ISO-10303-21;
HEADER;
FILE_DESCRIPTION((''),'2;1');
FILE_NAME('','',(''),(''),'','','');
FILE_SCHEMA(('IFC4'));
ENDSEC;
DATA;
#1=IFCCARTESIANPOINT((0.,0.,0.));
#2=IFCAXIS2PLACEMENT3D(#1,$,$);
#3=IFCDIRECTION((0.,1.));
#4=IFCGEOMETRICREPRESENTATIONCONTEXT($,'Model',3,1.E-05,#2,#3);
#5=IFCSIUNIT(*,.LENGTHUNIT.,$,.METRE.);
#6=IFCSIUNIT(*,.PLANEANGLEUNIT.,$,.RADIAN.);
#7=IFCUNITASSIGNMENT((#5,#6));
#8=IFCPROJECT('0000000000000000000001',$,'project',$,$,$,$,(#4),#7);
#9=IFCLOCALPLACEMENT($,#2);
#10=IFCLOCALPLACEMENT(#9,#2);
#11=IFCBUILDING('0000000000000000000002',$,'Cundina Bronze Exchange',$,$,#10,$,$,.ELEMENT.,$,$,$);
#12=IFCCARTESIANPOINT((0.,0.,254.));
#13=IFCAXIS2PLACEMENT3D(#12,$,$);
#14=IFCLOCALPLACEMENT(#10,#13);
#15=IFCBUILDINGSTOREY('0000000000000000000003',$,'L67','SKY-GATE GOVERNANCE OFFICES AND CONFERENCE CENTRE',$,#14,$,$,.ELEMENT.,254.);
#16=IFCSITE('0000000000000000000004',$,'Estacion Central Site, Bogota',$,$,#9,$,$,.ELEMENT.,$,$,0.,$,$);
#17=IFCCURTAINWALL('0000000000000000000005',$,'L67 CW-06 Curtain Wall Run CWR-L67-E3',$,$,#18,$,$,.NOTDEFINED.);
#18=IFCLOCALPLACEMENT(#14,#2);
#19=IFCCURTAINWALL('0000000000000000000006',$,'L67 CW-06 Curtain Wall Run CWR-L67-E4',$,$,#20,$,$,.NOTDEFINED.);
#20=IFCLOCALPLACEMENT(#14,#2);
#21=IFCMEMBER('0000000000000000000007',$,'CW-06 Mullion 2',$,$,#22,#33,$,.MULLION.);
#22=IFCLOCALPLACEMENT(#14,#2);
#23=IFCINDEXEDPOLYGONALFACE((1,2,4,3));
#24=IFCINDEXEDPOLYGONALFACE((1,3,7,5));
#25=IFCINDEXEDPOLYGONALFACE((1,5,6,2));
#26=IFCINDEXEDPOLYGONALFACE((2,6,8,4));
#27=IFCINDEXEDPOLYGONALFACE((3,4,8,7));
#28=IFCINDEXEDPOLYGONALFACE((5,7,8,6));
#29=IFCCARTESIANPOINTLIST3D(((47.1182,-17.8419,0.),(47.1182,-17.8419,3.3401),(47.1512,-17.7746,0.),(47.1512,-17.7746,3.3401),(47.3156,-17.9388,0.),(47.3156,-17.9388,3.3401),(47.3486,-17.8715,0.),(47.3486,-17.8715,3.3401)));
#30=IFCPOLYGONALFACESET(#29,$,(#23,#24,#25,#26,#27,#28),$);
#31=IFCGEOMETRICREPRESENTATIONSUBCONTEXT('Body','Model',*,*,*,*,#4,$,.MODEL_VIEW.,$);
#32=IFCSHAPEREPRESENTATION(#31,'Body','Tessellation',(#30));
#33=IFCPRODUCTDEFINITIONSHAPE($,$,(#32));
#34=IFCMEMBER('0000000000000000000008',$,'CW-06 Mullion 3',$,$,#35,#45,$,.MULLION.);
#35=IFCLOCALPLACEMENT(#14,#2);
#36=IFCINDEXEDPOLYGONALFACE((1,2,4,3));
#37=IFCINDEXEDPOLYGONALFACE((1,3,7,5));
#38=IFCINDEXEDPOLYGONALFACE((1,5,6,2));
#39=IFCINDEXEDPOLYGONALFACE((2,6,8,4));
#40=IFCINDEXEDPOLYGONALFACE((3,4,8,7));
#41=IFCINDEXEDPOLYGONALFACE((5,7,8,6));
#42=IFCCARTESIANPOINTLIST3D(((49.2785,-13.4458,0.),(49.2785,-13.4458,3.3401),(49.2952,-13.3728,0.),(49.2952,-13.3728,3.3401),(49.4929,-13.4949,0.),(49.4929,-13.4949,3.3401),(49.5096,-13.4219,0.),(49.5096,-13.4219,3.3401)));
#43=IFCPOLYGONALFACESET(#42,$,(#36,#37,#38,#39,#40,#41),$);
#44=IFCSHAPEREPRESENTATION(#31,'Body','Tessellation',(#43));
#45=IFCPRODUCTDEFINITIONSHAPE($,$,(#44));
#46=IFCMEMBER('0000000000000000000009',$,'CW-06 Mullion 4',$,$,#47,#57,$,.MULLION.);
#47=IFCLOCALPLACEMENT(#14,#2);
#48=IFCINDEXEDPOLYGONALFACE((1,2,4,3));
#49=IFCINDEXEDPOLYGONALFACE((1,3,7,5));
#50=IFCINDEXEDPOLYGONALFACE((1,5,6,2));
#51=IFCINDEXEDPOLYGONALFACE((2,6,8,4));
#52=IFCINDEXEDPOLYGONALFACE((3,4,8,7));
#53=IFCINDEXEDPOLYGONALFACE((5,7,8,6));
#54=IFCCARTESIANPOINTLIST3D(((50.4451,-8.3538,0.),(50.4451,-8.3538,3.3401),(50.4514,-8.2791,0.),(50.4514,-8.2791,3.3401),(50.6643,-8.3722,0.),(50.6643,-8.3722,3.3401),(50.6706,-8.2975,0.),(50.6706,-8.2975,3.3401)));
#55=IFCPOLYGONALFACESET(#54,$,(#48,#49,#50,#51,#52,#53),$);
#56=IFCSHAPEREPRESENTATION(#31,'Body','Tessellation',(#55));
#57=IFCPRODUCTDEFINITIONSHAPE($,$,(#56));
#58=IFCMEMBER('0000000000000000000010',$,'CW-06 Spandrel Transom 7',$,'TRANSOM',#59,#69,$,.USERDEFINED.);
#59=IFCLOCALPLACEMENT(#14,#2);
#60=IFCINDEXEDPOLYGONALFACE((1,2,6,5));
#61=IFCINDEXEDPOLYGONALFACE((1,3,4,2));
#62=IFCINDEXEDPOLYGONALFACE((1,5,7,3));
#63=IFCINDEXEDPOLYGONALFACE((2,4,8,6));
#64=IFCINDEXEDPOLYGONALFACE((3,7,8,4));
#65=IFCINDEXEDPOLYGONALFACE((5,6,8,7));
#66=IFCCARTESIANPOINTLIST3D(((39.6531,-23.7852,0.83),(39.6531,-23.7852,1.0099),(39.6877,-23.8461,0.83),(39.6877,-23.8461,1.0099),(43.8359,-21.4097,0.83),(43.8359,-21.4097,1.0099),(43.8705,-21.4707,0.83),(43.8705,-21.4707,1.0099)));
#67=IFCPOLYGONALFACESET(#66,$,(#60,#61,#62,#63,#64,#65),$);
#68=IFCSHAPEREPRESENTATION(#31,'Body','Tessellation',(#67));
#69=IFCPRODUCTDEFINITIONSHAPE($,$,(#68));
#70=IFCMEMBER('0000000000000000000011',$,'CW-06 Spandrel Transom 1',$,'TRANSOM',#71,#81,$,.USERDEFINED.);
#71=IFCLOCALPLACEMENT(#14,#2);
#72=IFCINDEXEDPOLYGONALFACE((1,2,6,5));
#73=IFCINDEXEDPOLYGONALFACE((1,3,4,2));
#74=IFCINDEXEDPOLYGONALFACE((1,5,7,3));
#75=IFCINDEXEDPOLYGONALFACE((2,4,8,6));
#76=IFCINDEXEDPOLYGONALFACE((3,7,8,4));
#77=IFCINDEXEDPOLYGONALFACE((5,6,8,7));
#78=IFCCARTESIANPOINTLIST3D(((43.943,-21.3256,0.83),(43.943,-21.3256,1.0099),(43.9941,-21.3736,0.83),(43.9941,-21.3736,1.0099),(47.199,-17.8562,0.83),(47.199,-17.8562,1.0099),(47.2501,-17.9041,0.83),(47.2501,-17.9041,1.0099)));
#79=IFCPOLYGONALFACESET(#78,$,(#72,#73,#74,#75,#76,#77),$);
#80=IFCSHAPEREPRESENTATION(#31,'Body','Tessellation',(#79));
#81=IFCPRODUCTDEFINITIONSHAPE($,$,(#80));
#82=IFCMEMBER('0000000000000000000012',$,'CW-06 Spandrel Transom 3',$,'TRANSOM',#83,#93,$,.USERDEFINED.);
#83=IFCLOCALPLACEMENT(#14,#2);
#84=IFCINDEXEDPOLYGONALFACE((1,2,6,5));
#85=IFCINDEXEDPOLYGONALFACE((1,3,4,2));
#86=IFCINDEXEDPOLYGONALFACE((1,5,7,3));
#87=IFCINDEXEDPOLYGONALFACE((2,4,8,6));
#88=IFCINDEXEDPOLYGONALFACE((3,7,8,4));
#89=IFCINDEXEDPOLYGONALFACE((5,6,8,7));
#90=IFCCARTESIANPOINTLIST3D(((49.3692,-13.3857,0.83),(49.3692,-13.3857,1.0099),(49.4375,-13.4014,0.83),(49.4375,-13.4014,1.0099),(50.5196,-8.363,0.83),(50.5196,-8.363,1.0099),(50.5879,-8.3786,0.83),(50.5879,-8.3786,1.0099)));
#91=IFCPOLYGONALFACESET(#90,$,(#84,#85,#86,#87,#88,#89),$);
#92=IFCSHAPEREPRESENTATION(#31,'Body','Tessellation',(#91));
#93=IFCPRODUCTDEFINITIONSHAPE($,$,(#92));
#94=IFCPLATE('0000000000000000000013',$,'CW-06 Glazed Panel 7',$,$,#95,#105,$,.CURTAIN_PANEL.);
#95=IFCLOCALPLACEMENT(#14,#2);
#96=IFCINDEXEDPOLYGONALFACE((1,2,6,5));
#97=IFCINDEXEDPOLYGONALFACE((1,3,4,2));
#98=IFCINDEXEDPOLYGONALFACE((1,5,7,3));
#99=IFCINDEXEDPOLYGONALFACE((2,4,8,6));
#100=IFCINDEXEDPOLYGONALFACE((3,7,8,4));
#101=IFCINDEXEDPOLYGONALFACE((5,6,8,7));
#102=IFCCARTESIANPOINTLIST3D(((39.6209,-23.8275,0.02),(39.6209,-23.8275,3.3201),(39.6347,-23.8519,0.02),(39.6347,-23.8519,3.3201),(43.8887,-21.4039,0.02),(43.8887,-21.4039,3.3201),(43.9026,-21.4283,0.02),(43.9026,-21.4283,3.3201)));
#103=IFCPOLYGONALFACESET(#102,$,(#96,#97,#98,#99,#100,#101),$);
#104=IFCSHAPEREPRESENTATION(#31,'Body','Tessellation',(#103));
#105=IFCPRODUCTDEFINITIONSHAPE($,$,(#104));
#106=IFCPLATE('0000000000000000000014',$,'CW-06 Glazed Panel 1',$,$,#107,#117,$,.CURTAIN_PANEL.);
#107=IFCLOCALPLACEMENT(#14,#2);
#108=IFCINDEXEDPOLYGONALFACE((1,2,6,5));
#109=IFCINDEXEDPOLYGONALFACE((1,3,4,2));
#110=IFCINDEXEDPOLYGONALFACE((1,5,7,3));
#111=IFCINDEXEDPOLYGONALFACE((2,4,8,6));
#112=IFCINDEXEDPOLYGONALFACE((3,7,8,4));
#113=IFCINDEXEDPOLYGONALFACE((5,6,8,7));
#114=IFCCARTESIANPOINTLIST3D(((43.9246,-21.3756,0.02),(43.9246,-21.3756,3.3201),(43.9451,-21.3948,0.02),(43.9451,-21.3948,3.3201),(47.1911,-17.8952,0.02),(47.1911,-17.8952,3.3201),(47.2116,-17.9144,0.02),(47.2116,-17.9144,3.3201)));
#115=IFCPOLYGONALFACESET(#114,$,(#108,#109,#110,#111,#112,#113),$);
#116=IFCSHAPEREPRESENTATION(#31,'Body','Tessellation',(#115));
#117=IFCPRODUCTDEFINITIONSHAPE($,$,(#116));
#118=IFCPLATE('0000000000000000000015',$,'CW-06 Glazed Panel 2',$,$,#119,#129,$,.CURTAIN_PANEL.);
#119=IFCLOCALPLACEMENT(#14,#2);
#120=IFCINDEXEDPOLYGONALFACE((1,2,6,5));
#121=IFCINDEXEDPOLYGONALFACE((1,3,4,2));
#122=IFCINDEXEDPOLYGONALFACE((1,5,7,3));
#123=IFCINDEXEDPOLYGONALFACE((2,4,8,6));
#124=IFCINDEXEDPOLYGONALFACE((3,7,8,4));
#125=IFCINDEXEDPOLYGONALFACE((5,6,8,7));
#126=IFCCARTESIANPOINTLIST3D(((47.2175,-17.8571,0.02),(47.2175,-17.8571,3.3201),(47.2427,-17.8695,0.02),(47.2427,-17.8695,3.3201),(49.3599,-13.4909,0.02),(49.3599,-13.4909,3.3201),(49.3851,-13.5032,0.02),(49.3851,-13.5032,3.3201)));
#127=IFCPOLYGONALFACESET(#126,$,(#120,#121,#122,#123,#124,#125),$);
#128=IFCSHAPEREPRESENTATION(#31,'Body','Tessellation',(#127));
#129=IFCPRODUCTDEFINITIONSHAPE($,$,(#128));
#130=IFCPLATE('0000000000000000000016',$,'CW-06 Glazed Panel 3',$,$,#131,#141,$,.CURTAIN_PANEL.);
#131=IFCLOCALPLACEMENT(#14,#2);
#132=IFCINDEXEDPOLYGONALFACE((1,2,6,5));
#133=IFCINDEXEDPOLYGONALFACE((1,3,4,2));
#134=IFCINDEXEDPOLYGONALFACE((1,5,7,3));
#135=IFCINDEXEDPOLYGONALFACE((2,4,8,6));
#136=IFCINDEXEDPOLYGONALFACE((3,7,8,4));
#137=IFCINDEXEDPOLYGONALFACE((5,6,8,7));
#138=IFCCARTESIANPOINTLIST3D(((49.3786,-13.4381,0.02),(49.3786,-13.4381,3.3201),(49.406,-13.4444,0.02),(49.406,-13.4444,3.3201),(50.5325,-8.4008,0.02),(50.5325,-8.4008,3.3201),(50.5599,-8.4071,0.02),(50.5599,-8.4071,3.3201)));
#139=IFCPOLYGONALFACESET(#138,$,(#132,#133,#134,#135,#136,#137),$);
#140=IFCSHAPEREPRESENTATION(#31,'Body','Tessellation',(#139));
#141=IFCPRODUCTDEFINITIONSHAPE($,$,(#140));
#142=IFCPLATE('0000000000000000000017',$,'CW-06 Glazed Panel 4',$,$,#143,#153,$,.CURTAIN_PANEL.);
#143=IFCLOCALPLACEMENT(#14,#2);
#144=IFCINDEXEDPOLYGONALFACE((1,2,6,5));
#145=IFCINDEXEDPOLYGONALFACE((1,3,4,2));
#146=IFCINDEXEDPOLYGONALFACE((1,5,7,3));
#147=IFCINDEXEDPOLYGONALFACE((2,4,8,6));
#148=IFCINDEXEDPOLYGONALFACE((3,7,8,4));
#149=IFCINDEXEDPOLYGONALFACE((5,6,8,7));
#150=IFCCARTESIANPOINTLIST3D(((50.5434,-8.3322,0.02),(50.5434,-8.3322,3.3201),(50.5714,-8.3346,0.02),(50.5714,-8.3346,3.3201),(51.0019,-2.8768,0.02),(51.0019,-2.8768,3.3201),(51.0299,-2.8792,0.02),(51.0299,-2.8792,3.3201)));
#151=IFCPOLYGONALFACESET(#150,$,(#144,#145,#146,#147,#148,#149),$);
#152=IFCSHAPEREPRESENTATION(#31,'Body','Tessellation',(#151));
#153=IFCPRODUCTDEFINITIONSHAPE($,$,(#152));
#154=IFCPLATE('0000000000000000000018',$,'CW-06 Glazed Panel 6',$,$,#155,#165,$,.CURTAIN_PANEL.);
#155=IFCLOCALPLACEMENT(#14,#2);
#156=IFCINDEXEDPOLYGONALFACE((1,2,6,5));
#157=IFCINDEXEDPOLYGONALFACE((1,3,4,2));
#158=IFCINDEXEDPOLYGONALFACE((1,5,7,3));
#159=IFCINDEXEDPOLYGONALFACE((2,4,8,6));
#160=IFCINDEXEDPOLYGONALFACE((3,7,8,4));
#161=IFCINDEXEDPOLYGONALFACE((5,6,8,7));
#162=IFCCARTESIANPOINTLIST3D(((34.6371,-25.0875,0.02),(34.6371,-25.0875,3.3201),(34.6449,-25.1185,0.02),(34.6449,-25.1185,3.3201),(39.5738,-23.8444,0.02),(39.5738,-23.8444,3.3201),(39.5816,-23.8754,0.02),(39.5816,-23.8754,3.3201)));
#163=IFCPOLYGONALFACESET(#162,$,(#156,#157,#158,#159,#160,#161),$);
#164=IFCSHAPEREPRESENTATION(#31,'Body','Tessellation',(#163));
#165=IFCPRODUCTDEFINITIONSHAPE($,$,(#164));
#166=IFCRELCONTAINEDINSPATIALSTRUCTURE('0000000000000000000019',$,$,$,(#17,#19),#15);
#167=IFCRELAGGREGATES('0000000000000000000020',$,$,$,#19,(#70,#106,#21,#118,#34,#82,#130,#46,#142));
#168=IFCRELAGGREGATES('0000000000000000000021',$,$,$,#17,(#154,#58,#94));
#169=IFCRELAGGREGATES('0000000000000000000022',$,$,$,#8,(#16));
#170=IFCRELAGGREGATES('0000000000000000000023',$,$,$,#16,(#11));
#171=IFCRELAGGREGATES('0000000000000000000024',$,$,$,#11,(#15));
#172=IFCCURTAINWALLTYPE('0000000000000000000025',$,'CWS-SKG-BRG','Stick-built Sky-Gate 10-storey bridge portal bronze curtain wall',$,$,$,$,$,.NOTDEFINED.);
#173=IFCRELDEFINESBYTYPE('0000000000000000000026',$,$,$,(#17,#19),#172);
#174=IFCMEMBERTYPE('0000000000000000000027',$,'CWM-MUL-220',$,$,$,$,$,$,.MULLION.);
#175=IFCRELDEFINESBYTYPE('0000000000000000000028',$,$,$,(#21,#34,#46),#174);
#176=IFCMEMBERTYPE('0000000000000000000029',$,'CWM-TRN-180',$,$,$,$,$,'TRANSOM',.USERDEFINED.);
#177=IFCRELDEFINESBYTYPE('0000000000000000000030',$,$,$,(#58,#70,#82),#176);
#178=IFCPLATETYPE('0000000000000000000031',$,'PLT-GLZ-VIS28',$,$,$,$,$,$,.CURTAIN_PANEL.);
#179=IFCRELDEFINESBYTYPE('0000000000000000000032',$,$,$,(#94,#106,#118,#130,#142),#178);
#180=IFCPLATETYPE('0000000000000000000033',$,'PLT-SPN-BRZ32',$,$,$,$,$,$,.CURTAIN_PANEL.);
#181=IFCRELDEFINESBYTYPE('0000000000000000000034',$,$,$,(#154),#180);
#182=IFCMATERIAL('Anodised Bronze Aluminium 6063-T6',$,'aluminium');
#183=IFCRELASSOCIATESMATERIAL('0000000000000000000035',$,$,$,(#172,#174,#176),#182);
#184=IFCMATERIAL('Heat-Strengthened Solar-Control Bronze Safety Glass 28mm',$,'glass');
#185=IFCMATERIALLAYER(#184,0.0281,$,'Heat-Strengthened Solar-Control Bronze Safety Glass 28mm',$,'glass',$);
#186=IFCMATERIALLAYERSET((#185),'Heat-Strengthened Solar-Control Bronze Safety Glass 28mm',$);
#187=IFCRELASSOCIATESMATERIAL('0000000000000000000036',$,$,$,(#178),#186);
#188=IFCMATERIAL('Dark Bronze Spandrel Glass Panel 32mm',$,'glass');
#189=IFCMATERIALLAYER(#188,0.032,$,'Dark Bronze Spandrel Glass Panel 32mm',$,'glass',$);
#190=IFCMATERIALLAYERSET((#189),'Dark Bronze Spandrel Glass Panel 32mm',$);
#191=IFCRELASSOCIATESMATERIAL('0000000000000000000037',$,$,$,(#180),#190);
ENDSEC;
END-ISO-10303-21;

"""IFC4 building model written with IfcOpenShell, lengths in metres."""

from ifc_helpers import new_model, si_unit, direction, frame, origin, origin_2d, place, context, subcontext, project, spatial, rectangle, extrude, material, layer, layer_set, material_profile, profile_set, type_object, element, aggregate, save


model = new_model("IFC4")

# Units and contexts
model_context = context("Model", 3, precision=1e-05, world=origin(), true_north=direction((0.0, 1.0)))
body_context = subcontext(model_context, "Body", "Model", "MODEL_VIEW")
ifc_project = project(units=[si_unit("LENGTHUNIT", "METRE"), si_unit("PLANEANGLEUNIT", "RADIAN")], contexts=[model_context])

# Site, building, storey
site_placement = place(None, origin())
site = spatial("IfcSite", under=ifc_project, at=site_placement, Name="Estacion Central Site, Bogota", CompositionType="ELEMENT", RefElevation=0.0)
building_placement = place(site_placement, origin())
building = spatial("IfcBuilding", under=site, at=building_placement, Name="Cundina Bronze Exchange", CompositionType="ELEMENT")
storey_placement = place(building_placement, frame((0.0, 0.0, 254.0)))
storey = spatial("IfcBuildingStorey", under=building, at=storey_placement, Name="L67", Description="SKY-GATE GOVERNANCE OFFICES AND CONFERENCE CENTRE", CompositionType="ELEMENT", Elevation=254.0)

# Curtain walls, members
ifc_material_1 = material(Name="Anodised Bronze Aluminium 6063-T6", Category="aluminium")
curtain_wall_type = type_object("IfcCurtainWallType", Name="CWS-SKG-BRG", Description="Stick-built Sky-Gate 10-storey bridge portal bronze curtain wall", PredefinedType="NOTDEFINED", material=ifc_material_1)
curtain_wall_1_placement = place(storey_placement, origin())
curtain_wall_1 = element("IfcCurtainWall", 1, at=curtain_wall_1_placement, inside=storey, type_object=curtain_wall_type, Name="L67 CW-06 Curtain Wall Run CWR-L67-E3", PredefinedType="NOTDEFINED")
ifc_material_profile_1 = material_profile(ifc_material_1, rectangle(XDim=0.075, YDim=0.22, at=origin_2d()), Name="AL75X220", Category="aluminium")
ifc_profile_set_1 = profile_set([ifc_material_profile_1], Name="Anodised Bronze Aluminium 6063-T6")
member_type_1 = type_object("IfcMemberType", Name="CWM-MUL-220", PredefinedType="MULLION", material=ifc_profile_set_1)
curtain_wall_2_placement = place(storey_placement, origin())
curtain_wall_2 = element("IfcCurtainWall", 2, at=curtain_wall_2_placement, inside=storey, type_object=curtain_wall_type, Name="L67 CW-06 Curtain Wall Run CWR-L67-E4", PredefinedType="NOTDEFINED")
member_1_placement = place(storey_placement, frame((47.2334, -17.8567, 0.0), z_axis=(0.0, 0.0, 1.0), x_axis=(0.440566, 0.89772, 0.0)))
member_1 = element("IfcMember", 3, at=member_1_placement, type_object=member_type_1, Name="CW-06 Mullion 2", PredefinedType="MULLION", context=body_context, shape_type="SweptSolid", body=[
    extrude(rectangle(XDim=0.075, YDim=0.22, at=origin_2d()), origin(), (0.0, 0.0, 1.0), 3.3401),
])
member_2_placement = place(storey_placement, frame((49.394, -13.4338, 0.0), z_axis=(0.0, 0.0, 1.0), x_axis=(0.22325, 0.974761, 0.0)))
member_2 = element("IfcMember", 4, at=member_2_placement, type_object=member_type_1, Name="CW-06 Mullion 3", PredefinedType="MULLION", context=body_context, shape_type="SweptSolid", body=[
    extrude(rectangle(XDim=0.075, YDim=0.22, at=origin_2d()), origin(), (0.0, 0.0, 1.0), 3.3401),
])
member_3_placement = place(storey_placement, frame((50.5579, -8.3257, 0.0), z_axis=(0.0, 0.0, 1.0), x_axis=(0.083678, 0.996493, 0.0)))
member_3 = element("IfcMember", 5, at=member_3_placement, type_object=member_type_1, Name="CW-06 Mullion 4", PredefinedType="MULLION", context=body_context, shape_type="SweptSolid", body=[
    extrude(rectangle(XDim=0.075, YDim=0.22, at=origin_2d()), origin(), (0.0, 0.0, 1.0), 3.3401),
])

# Members
ifc_material_profile_2 = material_profile(ifc_material_1, rectangle(XDim=0.0701, YDim=0.1799, at=origin_2d()), Name="AL70X180", Category="aluminium")
ifc_profile_set_2 = profile_set([ifc_material_profile_2], Name="Anodised Bronze Aluminium 6063-T6")
member_type_2 = type_object("IfcMemberType", Name="CWM-TRN-180", ElementType="TRANSOM", PredefinedType="USERDEFINED", material=ifc_profile_set_2)
member_4_placement = place(storey_placement, frame((39.6704, -23.8157, 0.9199), z_axis=(0.869558, 0.493831, 0.0), x_axis=(-0.493831, 0.869558, 0.0)))
member_4 = element("IfcMember", 6, at=member_4_placement, type_object=member_type_2, Name="CW-06 Spandrel Transom 7", ObjectType="TRANSOM", PredefinedType="USERDEFINED", context=body_context, shape_type="SweptSolid", body=[
    extrude(rectangle(XDim=0.0701, YDim=0.1799, at=origin_2d()), origin(), (0.0, 0.0, 1.0), 4.8103),
])
member_5_placement = place(storey_placement, frame((43.9685, -21.3496, 0.9199), z_axis=(0.684328, 0.729174, 0.0), x_axis=(-0.729174, 0.684328, 0.0)))
member_5 = element("IfcMember", 7, at=member_5_placement, type_object=member_type_2, Name="CW-06 Spandrel Transom 1", ObjectType="TRANSOM", PredefinedType="USERDEFINED", context=body_context, shape_type="SweptSolid", body=[
    extrude(rectangle(XDim=0.0701, YDim=0.1799, at=origin_2d()), origin(), (0.0, 0.0, 1.0), 4.7581),
])
member_6_placement = place(storey_placement, frame((49.4033, -13.3936, 0.9199), z_axis=(0.223257, 0.97476, 0.0), x_axis=(-0.97476, 0.223257, 0.0)))
member_6 = element("IfcMember", 8, at=member_6_placement, type_object=member_type_2, Name="CW-06 Spandrel Transom 3", ObjectType="TRANSOM", PredefinedType="USERDEFINED", context=body_context, shape_type="SweptSolid", body=[
    extrude(rectangle(XDim=0.0701, YDim=0.1799, at=origin_2d()), origin(), (0.0, 0.0, 1.0), 5.1528),
])

# Plates
ifc_material_2 = material(Name="Heat-Strengthened Solar-Control Bronze Safety Glass 28mm", Category="glass")
ifc_layer_1 = layer(ifc_material_2, 0.0281, Name="Heat-Strengthened Solar-Control Bronze Safety Glass 28mm", Category="glass")
ifc_layer_set_1 = layer_set([ifc_layer_1], Name="Heat-Strengthened Solar-Control Bronze Safety Glass 28mm")
plate_type_1 = type_object("IfcPlateType", Name="PLT-GLZ-VIS28", PredefinedType="CURTAIN_PANEL", material=ifc_layer_set_1)
plate_1_placement = place(storey_placement, frame((41.7617, -22.6279, 0.02), z_axis=(0.0, 0.0, 1.0), x_axis=(0.869573, 0.493805, 0.0)))
plate_1 = element("IfcPlate", 9, at=plate_1_placement, type_object=plate_type_1, Name="CW-06 Glazed Panel 7", PredefinedType="CURTAIN_PANEL", context=body_context, shape_type="SweptSolid", body=[
    extrude(rectangle(XDim=4.908, YDim=0.0281, at=origin_2d()), origin(), (0.0, 0.0, 1.0), 3.3),
])
plate_2_placement = place(storey_placement, frame((45.5681, -19.645, 0.02), z_axis=(0.0, 0.0, 1.0), x_axis=(0.684344, 0.72916, 0.0)))
plate_2 = element("IfcPlate", 10, at=plate_2_placement, type_object=plate_type_1, Name="CW-06 Glazed Panel 1", PredefinedType="CURTAIN_PANEL", context=body_context, shape_type="SweptSolid", body=[
    extrude(rectangle(XDim=4.7732, YDim=0.0281, at=origin_2d()), origin(), (0.0, 0.0, 1.0), 3.3),
])
plate_3_placement = place(storey_placement, frame((48.3013, -15.6802, 0.02), z_axis=(0.0, 0.0, 1.0), x_axis=(0.440503, 0.897751, 0.0)))
plate_3 = element("IfcPlate", 11, at=plate_3_placement, type_object=plate_type_1, Name="CW-06 Glazed Panel 2", PredefinedType="CURTAIN_PANEL", context=body_context, shape_type="SweptSolid", body=[
    extrude(rectangle(XDim=4.8635, YDim=0.0281, at=origin_2d()), origin(), (0.0, 0.0, 1.0), 3.3),
])
plate_4_placement = place(storey_placement, frame((49.9692, -10.9226, 0.02), z_axis=(0.0, 0.0, 1.0), x_axis=(0.223284, 0.974753, 0.0)))
plate_4 = element("IfcPlate", 12, at=plate_4_placement, type_object=plate_type_1, Name="CW-06 Glazed Panel 3", PredefinedType="CURTAIN_PANEL", context=body_context, shape_type="SweptSolid", body=[
    extrude(rectangle(XDim=5.1677, YDim=0.0281, at=origin_2d()), origin(), (0.0, 0.0, 1.0), 3.3),
])
plate_5_placement = place(storey_placement, frame((50.7866, -5.6057, 0.02), z_axis=(0.0, 0.0, 1.0), x_axis=(0.083747, 0.996487, 0.0)))
plate_5 = element("IfcPlate", 13, at=plate_5_placement, type_object=plate_type_1, Name="CW-06 Glazed Panel 4", PredefinedType="CURTAIN_PANEL", context=body_context, shape_type="SweptSolid", body=[
    extrude(rectangle(XDim=5.4746, YDim=0.0281, at=origin_2d()), origin(), (0.0, 0.0, 1.0), 3.3),
])
aggregate(curtain_wall_2, [member_5, plate_2, member_1, plate_3, member_2, member_6, plate_4, member_3, plate_5])
ifc_material_3 = material(Name="Dark Bronze Spandrel Glass Panel 32mm", Category="glass")
ifc_layer_2 = layer(ifc_material_3, 0.032, Name="Dark Bronze Spandrel Glass Panel 32mm", Category="glass")
ifc_layer_set_2 = layer_set([ifc_layer_2], Name="Dark Bronze Spandrel Glass Panel 32mm")
plate_type_2 = type_object("IfcPlateType", Name="PLT-SPN-BRZ32", PredefinedType="CURTAIN_PANEL", material=ifc_layer_set_2)
plate_6_placement = place(storey_placement, frame((37.1094, -24.4814, 0.02), z_axis=(0.0, 0.0, 1.0), x_axis=(0.969732, 0.244174, 0.0)))
plate_6 = element("IfcPlate", 14, at=plate_6_placement, type_object=plate_type_2, Name="CW-06 Glazed Panel 6", PredefinedType="CURTAIN_PANEL", context=body_context, shape_type="SweptSolid", body=[
    extrude(rectangle(XDim=5.0908, YDim=0.032, at=origin_2d()), origin(), (0.0, 0.0, 1.0), 3.3),
])
aggregate(curtain_wall_1, [plate_6, member_4, plate_1])

save(model, "model.ifc")
